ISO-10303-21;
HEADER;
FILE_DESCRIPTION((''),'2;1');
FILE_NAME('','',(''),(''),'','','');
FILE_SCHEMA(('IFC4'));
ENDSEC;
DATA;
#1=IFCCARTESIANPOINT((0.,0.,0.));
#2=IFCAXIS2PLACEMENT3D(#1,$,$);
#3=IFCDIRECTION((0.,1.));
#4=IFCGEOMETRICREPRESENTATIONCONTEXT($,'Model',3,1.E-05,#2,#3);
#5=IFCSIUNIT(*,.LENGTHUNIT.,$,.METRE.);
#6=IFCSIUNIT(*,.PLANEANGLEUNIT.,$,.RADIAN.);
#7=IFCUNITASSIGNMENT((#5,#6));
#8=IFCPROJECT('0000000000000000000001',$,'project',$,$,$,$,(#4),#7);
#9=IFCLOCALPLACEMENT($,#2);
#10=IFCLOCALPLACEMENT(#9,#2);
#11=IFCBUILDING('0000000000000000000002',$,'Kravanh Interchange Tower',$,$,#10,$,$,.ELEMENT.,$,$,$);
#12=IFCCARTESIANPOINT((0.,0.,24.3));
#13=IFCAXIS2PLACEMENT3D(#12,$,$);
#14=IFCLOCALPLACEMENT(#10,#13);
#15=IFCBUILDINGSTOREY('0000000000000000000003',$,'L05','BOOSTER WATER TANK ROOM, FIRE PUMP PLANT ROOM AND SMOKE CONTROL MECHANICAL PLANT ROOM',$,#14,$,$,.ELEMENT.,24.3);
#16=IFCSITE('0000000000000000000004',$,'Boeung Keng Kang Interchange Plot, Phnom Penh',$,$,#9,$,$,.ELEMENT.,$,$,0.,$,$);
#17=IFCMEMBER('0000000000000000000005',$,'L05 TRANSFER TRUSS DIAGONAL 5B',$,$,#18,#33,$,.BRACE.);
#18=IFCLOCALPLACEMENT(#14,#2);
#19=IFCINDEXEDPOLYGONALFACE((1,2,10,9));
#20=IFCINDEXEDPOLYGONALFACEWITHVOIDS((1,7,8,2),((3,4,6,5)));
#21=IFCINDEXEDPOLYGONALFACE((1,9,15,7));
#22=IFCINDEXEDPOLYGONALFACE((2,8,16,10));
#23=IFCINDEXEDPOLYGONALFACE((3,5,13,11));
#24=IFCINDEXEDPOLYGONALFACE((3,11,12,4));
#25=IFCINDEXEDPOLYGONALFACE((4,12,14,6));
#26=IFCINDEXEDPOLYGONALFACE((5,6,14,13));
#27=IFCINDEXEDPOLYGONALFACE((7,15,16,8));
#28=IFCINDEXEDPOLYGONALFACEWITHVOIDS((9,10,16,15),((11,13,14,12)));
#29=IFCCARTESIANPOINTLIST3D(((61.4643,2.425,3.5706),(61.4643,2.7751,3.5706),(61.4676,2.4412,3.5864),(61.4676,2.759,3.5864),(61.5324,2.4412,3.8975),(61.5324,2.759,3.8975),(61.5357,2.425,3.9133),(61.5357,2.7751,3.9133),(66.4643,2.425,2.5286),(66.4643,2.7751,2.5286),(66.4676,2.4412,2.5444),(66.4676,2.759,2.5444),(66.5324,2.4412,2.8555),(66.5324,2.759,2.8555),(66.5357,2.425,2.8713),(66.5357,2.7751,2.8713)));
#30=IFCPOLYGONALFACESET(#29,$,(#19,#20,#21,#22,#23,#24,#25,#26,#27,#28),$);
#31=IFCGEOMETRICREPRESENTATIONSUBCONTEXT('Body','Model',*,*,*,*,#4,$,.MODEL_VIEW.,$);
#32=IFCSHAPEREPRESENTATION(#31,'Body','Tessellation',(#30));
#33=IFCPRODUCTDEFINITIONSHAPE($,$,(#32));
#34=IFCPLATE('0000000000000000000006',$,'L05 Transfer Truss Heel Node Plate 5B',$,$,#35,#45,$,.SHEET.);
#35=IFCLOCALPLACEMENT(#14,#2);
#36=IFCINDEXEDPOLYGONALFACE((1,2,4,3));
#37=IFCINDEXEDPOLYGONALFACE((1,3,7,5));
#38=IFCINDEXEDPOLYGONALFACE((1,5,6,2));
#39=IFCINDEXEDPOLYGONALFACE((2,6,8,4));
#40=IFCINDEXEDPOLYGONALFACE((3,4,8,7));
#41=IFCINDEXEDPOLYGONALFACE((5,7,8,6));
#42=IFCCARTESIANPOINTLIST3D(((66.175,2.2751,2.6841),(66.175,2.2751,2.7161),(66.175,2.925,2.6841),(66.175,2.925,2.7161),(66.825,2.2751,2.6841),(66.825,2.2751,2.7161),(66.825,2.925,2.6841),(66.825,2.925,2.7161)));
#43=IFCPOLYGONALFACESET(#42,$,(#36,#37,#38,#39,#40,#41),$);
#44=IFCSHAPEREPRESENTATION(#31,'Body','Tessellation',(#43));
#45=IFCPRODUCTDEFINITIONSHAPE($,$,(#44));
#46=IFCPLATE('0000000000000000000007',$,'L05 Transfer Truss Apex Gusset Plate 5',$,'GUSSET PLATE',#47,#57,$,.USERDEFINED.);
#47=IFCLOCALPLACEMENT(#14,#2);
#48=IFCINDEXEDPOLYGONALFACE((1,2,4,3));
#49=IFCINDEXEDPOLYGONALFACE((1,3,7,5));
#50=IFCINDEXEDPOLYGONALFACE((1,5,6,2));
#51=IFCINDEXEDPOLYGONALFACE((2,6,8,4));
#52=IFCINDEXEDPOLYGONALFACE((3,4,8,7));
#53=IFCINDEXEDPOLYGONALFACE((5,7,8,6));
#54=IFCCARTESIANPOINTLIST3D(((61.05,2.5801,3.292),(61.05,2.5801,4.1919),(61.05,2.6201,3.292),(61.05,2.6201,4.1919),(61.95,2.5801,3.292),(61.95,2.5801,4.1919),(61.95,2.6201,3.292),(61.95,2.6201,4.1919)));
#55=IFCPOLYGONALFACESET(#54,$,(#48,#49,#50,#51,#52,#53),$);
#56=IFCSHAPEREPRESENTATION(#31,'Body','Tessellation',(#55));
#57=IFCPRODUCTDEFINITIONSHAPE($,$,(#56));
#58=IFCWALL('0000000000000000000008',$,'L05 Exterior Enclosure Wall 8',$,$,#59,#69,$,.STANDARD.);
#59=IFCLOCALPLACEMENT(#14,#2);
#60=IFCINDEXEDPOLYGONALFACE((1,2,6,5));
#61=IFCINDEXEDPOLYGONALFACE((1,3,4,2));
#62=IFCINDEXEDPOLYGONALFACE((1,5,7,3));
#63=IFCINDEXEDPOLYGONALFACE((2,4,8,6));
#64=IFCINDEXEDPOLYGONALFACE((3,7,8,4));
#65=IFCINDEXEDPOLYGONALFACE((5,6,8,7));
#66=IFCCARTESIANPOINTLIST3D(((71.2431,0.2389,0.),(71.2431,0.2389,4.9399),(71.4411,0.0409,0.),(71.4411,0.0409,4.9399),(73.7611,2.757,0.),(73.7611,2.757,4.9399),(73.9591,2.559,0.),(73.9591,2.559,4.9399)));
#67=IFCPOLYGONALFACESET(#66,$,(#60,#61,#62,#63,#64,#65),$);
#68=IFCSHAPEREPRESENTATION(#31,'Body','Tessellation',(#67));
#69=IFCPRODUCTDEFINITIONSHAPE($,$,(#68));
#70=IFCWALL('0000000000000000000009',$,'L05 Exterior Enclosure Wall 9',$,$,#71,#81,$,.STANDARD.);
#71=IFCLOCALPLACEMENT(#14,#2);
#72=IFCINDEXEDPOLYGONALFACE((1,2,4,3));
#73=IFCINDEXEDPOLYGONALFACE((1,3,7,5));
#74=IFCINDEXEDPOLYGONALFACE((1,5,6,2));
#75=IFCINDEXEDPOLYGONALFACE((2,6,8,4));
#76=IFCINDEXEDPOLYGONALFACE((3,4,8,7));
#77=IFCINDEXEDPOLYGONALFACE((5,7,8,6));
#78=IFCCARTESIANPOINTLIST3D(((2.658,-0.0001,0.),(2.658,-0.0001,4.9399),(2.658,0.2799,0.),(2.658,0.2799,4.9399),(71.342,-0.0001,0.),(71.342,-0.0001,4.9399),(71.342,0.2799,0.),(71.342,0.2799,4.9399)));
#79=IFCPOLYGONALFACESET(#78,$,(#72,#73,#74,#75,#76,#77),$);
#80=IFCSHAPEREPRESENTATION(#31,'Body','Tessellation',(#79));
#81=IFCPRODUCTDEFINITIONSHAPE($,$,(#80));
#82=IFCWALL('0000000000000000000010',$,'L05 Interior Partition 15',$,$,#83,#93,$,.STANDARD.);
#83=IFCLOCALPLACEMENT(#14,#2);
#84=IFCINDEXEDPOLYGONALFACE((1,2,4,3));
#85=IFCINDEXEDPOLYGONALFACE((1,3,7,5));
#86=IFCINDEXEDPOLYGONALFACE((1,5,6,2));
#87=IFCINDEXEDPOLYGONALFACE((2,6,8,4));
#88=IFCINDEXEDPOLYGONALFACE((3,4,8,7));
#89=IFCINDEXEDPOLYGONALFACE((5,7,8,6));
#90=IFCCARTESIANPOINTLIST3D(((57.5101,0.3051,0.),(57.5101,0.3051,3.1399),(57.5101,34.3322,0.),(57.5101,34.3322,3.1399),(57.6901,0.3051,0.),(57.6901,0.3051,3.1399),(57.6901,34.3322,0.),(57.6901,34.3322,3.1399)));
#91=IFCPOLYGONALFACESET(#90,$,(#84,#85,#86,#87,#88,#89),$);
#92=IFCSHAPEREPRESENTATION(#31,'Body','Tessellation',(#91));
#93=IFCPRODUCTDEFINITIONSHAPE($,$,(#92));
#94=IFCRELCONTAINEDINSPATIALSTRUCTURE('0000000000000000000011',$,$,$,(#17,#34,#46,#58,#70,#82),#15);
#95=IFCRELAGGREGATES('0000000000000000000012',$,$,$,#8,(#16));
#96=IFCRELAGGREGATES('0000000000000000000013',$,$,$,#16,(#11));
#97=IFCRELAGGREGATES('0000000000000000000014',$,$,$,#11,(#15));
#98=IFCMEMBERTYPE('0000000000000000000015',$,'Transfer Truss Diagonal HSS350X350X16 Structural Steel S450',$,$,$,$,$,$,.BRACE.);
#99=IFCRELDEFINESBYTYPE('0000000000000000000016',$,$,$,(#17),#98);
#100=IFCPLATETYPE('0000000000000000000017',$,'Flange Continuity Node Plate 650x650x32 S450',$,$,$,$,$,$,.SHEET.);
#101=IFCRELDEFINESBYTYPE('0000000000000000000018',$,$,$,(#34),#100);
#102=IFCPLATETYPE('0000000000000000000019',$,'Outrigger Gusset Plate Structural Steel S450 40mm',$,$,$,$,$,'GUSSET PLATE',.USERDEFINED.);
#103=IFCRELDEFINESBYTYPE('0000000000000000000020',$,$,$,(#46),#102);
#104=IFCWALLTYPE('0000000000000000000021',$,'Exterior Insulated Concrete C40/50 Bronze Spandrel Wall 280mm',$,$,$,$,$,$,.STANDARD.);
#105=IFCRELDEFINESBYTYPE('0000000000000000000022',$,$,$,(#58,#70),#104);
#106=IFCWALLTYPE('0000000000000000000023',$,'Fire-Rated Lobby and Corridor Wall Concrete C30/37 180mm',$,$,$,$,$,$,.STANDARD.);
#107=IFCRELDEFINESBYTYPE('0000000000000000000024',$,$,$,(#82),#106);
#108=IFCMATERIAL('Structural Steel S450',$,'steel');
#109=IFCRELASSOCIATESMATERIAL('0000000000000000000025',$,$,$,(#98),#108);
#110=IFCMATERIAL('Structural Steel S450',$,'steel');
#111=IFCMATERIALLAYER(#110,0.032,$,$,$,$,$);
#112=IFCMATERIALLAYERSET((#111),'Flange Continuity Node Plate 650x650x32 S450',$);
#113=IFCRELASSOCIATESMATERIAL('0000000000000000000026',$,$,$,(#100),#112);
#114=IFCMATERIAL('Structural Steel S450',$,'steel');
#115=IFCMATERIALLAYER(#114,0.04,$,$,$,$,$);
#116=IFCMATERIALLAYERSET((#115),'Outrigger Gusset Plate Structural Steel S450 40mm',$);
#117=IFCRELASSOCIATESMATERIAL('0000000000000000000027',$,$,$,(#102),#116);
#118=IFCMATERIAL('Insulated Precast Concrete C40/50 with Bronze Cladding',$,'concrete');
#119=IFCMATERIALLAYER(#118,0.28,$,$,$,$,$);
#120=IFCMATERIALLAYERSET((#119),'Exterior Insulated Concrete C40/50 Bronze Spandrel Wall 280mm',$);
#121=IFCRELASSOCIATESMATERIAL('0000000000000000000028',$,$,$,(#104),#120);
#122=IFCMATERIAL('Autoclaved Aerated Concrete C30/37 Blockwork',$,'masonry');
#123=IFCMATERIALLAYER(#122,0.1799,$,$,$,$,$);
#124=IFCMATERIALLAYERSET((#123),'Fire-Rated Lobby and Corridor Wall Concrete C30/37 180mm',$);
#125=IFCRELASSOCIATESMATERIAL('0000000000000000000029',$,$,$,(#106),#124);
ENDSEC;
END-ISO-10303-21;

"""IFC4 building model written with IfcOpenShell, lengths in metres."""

from ifc_helpers import new_model, si_unit, direction, frame, frame_2d, origin, origin_2d, place, context, subcontext, project, spatial, rectangle, hollow_rectangle, extrude, material, layer, layer_set, material_profile, profile_set, type_object, element, save


model = new_model("IFC4")

# Units and contexts
model_context = context("Model", 3, precision=1e-05, world=origin(), true_north=direction((0.0, 1.0)))
body_context = subcontext(model_context, "Body", "Model", "MODEL_VIEW")
ifc_project = project(units=[si_unit("LENGTHUNIT", "METRE"), si_unit("PLANEANGLEUNIT", "RADIAN")], contexts=[model_context])

# Site, building, storey
site_placement = place(None, origin())
site = spatial("IfcSite", under=ifc_project, at=site_placement, Name="Boeung Keng Kang Interchange Plot, Phnom Penh", CompositionType="ELEMENT", RefElevation=0.0)
building_placement = place(site_placement, origin())
building = spatial("IfcBuilding", under=site, at=building_placement, Name="Kravanh Interchange Tower", CompositionType="ELEMENT")
storey_placement = place(building_placement, frame((0.0, 0.0, 24.3)))
storey = spatial("IfcBuildingStorey", under=building, at=storey_placement, Name="L05", Description="BOOSTER WATER TANK ROOM, FIRE PUMP PLANT ROOM AND SMOKE CONTROL MECHANICAL PLANT ROOM", CompositionType="ELEMENT", Elevation=24.3)

# Member
ifc_material_1 = material(Name="Structural Steel S450", Category="steel")
ifc_material_profile_1 = material_profile(ifc_material_1, hollow_rectangle(XDim=0.3501, YDim=0.3501, WallThickness=0.0161, at=origin_2d()), Name="HSS350X350X16")
ifc_profile_set_1 = profile_set([ifc_material_profile_1], Name="Structural Steel S450")
member_type = type_object("IfcMemberType", Name="Transfer Truss Diagonal HSS350X350X16 Structural Steel S450", PredefinedType="BRACE", material=ifc_profile_set_1)
member_placement = place(storey_placement, frame((66.5, 2.6001, 2.7), z_axis=(-0.978968, 0.0, 0.204015), x_axis=(0.0, -1.0, 0.0)))
element("IfcMember", 1, at=member_placement, inside=storey, type_object=member_type, Name="L05 TRANSFER TRUSS DIAGONAL 5B", PredefinedType="BRACE", context=body_context, shape_type="SweptSolid", body=[
    extrude(hollow_rectangle(XDim=0.3501, YDim=0.3501, WallThickness=0.0161, at=origin_2d()), origin(), (0.0, 0.0, 1.0), 5.1074),
])

# Plates
ifc_material_2 = material(Name="Structural Steel S450", Category="steel")
ifc_layer_1 = layer(ifc_material_2, 0.032)
ifc_layer_set_1 = layer_set([ifc_layer_1], Name="Flange Continuity Node Plate 650x650x32 S450")
plate_type_1 = type_object("IfcPlateType", Name="Flange Continuity Node Plate 650x650x32 S450", PredefinedType="SHEET", material=ifc_layer_set_1)
plate_1_placement = place(storey_placement, frame((66.5, 2.6001, 2.6841), z_axis=(0.0, 0.0, 1.0), x_axis=(1.0, 0.0, 0.0)))
element("IfcPlate", 2, at=plate_1_placement, inside=storey, type_object=plate_type_1, Name="L05 Transfer Truss Heel Node Plate 5B", PredefinedType="SHEET", context=body_context, shape_type="SweptSolid", body=[
    extrude(rectangle(XDim=0.6499, YDim=0.6499, at=origin_2d()), origin(), (0.0, 0.0, 1.0), 0.032),
])
ifc_material_3 = material(Name="Structural Steel S450", Category="steel")
ifc_layer_2 = layer(ifc_material_3, 0.04)
ifc_layer_set_2 = layer_set([ifc_layer_2], Name="Outrigger Gusset Plate Structural Steel S450 40mm")
plate_type_2 = type_object("IfcPlateType", Name="Outrigger Gusset Plate Structural Steel S450 40mm", ElementType="GUSSET PLATE", PredefinedType="USERDEFINED", material=ifc_layer_set_2)
plate_2_placement = place(storey_placement, frame((61.5, 2.6001, 3.292), z_axis=(0.0, 0.0, 1.0), x_axis=(1.0, 0.0, 0.0)))
element("IfcPlate", 3, at=plate_2_placement, inside=storey, type_object=plate_type_2, Name="L05 Transfer Truss Apex Gusset Plate 5", ObjectType="GUSSET PLATE", PredefinedType="USERDEFINED", context=body_context, shape_type="SweptSolid", body=[
    extrude(rectangle(XDim=0.8999, YDim=0.04, at=origin_2d()), origin(), (0.0, 0.0, 1.0), 0.8999),
])

# Walls
ifc_material_4 = material(Name="Insulated Precast Concrete C40/50 with Bronze Cladding", Category="concrete")
ifc_layer_3 = layer(ifc_material_4, 0.28)
ifc_layer_set_3 = layer_set([ifc_layer_3], Name="Exterior Insulated Concrete C40/50 Bronze Spandrel Wall 280mm")
wall_type_1 = type_object("IfcWallType", Name="Exterior Insulated Concrete C40/50 Bronze Spandrel Wall 280mm", PredefinedType="STANDARD", material=ifc_layer_set_3)
wall_1_placement = place(storey_placement, frame((73.8601, 2.658, 0.0), z_axis=(0.0, 0.0, 1.0), x_axis=(-0.707107, -0.707107, 0.0)))
element("IfcWall", 4, at=wall_1_placement, inside=storey, type_object=wall_type_1, Name="L05 Exterior Enclosure Wall 8", PredefinedType="STANDARD", context=body_context, shape_type="SweptSolid", body=[
    extrude(rectangle(XDim=3.561, YDim=0.28, at=frame_2d((1.7805, 0.0))), origin(), (0.0, 0.0, 1.0), 4.9399),
])
wall_2_placement = place(storey_placement, frame((71.342, 0.1399, 0.0), z_axis=(0.0, 0.0, 1.0), x_axis=(-1.0, 0.0, 0.0)))
element("IfcWall", 5, at=wall_2_placement, inside=storey, type_object=wall_type_1, Name="L05 Exterior Enclosure Wall 9", PredefinedType="STANDARD", context=body_context, shape_type="SweptSolid", body=[
    extrude(rectangle(XDim=68.6841, YDim=0.28, at=frame_2d((34.342, 0.0))), origin(), (0.0, 0.0, 1.0), 4.9399),
])
ifc_material_5 = material(Name="Autoclaved Aerated Concrete C30/37 Blockwork", Category="masonry")
ifc_layer_4 = layer(ifc_material_5, 0.1799)
ifc_layer_set_4 = layer_set([ifc_layer_4], Name="Fire-Rated Lobby and Corridor Wall Concrete C30/37 180mm")
wall_type_2 = type_object("IfcWallType", Name="Fire-Rated Lobby and Corridor Wall Concrete C30/37 180mm", PredefinedType="STANDARD", material=ifc_layer_set_4)
wall_3_placement = place(storey_placement, frame((57.6001, 0.3049, 0.0), z_axis=(0.0, 0.0, 1.0), x_axis=(0.0, 1.0, 0.0)))
element("IfcWall", 6, at=wall_3_placement, inside=storey, type_object=wall_type_2, Name="L05 Interior Partition 15", PredefinedType="STANDARD", context=body_context, shape_type="SweptSolid", body=[
    extrude(rectangle(XDim=34.0271, YDim=0.1799, at=frame_2d((17.0137, 0.0))), origin(), (0.0, 0.0, 1.0), 3.1399),
])

save(model, "model.ifc")
